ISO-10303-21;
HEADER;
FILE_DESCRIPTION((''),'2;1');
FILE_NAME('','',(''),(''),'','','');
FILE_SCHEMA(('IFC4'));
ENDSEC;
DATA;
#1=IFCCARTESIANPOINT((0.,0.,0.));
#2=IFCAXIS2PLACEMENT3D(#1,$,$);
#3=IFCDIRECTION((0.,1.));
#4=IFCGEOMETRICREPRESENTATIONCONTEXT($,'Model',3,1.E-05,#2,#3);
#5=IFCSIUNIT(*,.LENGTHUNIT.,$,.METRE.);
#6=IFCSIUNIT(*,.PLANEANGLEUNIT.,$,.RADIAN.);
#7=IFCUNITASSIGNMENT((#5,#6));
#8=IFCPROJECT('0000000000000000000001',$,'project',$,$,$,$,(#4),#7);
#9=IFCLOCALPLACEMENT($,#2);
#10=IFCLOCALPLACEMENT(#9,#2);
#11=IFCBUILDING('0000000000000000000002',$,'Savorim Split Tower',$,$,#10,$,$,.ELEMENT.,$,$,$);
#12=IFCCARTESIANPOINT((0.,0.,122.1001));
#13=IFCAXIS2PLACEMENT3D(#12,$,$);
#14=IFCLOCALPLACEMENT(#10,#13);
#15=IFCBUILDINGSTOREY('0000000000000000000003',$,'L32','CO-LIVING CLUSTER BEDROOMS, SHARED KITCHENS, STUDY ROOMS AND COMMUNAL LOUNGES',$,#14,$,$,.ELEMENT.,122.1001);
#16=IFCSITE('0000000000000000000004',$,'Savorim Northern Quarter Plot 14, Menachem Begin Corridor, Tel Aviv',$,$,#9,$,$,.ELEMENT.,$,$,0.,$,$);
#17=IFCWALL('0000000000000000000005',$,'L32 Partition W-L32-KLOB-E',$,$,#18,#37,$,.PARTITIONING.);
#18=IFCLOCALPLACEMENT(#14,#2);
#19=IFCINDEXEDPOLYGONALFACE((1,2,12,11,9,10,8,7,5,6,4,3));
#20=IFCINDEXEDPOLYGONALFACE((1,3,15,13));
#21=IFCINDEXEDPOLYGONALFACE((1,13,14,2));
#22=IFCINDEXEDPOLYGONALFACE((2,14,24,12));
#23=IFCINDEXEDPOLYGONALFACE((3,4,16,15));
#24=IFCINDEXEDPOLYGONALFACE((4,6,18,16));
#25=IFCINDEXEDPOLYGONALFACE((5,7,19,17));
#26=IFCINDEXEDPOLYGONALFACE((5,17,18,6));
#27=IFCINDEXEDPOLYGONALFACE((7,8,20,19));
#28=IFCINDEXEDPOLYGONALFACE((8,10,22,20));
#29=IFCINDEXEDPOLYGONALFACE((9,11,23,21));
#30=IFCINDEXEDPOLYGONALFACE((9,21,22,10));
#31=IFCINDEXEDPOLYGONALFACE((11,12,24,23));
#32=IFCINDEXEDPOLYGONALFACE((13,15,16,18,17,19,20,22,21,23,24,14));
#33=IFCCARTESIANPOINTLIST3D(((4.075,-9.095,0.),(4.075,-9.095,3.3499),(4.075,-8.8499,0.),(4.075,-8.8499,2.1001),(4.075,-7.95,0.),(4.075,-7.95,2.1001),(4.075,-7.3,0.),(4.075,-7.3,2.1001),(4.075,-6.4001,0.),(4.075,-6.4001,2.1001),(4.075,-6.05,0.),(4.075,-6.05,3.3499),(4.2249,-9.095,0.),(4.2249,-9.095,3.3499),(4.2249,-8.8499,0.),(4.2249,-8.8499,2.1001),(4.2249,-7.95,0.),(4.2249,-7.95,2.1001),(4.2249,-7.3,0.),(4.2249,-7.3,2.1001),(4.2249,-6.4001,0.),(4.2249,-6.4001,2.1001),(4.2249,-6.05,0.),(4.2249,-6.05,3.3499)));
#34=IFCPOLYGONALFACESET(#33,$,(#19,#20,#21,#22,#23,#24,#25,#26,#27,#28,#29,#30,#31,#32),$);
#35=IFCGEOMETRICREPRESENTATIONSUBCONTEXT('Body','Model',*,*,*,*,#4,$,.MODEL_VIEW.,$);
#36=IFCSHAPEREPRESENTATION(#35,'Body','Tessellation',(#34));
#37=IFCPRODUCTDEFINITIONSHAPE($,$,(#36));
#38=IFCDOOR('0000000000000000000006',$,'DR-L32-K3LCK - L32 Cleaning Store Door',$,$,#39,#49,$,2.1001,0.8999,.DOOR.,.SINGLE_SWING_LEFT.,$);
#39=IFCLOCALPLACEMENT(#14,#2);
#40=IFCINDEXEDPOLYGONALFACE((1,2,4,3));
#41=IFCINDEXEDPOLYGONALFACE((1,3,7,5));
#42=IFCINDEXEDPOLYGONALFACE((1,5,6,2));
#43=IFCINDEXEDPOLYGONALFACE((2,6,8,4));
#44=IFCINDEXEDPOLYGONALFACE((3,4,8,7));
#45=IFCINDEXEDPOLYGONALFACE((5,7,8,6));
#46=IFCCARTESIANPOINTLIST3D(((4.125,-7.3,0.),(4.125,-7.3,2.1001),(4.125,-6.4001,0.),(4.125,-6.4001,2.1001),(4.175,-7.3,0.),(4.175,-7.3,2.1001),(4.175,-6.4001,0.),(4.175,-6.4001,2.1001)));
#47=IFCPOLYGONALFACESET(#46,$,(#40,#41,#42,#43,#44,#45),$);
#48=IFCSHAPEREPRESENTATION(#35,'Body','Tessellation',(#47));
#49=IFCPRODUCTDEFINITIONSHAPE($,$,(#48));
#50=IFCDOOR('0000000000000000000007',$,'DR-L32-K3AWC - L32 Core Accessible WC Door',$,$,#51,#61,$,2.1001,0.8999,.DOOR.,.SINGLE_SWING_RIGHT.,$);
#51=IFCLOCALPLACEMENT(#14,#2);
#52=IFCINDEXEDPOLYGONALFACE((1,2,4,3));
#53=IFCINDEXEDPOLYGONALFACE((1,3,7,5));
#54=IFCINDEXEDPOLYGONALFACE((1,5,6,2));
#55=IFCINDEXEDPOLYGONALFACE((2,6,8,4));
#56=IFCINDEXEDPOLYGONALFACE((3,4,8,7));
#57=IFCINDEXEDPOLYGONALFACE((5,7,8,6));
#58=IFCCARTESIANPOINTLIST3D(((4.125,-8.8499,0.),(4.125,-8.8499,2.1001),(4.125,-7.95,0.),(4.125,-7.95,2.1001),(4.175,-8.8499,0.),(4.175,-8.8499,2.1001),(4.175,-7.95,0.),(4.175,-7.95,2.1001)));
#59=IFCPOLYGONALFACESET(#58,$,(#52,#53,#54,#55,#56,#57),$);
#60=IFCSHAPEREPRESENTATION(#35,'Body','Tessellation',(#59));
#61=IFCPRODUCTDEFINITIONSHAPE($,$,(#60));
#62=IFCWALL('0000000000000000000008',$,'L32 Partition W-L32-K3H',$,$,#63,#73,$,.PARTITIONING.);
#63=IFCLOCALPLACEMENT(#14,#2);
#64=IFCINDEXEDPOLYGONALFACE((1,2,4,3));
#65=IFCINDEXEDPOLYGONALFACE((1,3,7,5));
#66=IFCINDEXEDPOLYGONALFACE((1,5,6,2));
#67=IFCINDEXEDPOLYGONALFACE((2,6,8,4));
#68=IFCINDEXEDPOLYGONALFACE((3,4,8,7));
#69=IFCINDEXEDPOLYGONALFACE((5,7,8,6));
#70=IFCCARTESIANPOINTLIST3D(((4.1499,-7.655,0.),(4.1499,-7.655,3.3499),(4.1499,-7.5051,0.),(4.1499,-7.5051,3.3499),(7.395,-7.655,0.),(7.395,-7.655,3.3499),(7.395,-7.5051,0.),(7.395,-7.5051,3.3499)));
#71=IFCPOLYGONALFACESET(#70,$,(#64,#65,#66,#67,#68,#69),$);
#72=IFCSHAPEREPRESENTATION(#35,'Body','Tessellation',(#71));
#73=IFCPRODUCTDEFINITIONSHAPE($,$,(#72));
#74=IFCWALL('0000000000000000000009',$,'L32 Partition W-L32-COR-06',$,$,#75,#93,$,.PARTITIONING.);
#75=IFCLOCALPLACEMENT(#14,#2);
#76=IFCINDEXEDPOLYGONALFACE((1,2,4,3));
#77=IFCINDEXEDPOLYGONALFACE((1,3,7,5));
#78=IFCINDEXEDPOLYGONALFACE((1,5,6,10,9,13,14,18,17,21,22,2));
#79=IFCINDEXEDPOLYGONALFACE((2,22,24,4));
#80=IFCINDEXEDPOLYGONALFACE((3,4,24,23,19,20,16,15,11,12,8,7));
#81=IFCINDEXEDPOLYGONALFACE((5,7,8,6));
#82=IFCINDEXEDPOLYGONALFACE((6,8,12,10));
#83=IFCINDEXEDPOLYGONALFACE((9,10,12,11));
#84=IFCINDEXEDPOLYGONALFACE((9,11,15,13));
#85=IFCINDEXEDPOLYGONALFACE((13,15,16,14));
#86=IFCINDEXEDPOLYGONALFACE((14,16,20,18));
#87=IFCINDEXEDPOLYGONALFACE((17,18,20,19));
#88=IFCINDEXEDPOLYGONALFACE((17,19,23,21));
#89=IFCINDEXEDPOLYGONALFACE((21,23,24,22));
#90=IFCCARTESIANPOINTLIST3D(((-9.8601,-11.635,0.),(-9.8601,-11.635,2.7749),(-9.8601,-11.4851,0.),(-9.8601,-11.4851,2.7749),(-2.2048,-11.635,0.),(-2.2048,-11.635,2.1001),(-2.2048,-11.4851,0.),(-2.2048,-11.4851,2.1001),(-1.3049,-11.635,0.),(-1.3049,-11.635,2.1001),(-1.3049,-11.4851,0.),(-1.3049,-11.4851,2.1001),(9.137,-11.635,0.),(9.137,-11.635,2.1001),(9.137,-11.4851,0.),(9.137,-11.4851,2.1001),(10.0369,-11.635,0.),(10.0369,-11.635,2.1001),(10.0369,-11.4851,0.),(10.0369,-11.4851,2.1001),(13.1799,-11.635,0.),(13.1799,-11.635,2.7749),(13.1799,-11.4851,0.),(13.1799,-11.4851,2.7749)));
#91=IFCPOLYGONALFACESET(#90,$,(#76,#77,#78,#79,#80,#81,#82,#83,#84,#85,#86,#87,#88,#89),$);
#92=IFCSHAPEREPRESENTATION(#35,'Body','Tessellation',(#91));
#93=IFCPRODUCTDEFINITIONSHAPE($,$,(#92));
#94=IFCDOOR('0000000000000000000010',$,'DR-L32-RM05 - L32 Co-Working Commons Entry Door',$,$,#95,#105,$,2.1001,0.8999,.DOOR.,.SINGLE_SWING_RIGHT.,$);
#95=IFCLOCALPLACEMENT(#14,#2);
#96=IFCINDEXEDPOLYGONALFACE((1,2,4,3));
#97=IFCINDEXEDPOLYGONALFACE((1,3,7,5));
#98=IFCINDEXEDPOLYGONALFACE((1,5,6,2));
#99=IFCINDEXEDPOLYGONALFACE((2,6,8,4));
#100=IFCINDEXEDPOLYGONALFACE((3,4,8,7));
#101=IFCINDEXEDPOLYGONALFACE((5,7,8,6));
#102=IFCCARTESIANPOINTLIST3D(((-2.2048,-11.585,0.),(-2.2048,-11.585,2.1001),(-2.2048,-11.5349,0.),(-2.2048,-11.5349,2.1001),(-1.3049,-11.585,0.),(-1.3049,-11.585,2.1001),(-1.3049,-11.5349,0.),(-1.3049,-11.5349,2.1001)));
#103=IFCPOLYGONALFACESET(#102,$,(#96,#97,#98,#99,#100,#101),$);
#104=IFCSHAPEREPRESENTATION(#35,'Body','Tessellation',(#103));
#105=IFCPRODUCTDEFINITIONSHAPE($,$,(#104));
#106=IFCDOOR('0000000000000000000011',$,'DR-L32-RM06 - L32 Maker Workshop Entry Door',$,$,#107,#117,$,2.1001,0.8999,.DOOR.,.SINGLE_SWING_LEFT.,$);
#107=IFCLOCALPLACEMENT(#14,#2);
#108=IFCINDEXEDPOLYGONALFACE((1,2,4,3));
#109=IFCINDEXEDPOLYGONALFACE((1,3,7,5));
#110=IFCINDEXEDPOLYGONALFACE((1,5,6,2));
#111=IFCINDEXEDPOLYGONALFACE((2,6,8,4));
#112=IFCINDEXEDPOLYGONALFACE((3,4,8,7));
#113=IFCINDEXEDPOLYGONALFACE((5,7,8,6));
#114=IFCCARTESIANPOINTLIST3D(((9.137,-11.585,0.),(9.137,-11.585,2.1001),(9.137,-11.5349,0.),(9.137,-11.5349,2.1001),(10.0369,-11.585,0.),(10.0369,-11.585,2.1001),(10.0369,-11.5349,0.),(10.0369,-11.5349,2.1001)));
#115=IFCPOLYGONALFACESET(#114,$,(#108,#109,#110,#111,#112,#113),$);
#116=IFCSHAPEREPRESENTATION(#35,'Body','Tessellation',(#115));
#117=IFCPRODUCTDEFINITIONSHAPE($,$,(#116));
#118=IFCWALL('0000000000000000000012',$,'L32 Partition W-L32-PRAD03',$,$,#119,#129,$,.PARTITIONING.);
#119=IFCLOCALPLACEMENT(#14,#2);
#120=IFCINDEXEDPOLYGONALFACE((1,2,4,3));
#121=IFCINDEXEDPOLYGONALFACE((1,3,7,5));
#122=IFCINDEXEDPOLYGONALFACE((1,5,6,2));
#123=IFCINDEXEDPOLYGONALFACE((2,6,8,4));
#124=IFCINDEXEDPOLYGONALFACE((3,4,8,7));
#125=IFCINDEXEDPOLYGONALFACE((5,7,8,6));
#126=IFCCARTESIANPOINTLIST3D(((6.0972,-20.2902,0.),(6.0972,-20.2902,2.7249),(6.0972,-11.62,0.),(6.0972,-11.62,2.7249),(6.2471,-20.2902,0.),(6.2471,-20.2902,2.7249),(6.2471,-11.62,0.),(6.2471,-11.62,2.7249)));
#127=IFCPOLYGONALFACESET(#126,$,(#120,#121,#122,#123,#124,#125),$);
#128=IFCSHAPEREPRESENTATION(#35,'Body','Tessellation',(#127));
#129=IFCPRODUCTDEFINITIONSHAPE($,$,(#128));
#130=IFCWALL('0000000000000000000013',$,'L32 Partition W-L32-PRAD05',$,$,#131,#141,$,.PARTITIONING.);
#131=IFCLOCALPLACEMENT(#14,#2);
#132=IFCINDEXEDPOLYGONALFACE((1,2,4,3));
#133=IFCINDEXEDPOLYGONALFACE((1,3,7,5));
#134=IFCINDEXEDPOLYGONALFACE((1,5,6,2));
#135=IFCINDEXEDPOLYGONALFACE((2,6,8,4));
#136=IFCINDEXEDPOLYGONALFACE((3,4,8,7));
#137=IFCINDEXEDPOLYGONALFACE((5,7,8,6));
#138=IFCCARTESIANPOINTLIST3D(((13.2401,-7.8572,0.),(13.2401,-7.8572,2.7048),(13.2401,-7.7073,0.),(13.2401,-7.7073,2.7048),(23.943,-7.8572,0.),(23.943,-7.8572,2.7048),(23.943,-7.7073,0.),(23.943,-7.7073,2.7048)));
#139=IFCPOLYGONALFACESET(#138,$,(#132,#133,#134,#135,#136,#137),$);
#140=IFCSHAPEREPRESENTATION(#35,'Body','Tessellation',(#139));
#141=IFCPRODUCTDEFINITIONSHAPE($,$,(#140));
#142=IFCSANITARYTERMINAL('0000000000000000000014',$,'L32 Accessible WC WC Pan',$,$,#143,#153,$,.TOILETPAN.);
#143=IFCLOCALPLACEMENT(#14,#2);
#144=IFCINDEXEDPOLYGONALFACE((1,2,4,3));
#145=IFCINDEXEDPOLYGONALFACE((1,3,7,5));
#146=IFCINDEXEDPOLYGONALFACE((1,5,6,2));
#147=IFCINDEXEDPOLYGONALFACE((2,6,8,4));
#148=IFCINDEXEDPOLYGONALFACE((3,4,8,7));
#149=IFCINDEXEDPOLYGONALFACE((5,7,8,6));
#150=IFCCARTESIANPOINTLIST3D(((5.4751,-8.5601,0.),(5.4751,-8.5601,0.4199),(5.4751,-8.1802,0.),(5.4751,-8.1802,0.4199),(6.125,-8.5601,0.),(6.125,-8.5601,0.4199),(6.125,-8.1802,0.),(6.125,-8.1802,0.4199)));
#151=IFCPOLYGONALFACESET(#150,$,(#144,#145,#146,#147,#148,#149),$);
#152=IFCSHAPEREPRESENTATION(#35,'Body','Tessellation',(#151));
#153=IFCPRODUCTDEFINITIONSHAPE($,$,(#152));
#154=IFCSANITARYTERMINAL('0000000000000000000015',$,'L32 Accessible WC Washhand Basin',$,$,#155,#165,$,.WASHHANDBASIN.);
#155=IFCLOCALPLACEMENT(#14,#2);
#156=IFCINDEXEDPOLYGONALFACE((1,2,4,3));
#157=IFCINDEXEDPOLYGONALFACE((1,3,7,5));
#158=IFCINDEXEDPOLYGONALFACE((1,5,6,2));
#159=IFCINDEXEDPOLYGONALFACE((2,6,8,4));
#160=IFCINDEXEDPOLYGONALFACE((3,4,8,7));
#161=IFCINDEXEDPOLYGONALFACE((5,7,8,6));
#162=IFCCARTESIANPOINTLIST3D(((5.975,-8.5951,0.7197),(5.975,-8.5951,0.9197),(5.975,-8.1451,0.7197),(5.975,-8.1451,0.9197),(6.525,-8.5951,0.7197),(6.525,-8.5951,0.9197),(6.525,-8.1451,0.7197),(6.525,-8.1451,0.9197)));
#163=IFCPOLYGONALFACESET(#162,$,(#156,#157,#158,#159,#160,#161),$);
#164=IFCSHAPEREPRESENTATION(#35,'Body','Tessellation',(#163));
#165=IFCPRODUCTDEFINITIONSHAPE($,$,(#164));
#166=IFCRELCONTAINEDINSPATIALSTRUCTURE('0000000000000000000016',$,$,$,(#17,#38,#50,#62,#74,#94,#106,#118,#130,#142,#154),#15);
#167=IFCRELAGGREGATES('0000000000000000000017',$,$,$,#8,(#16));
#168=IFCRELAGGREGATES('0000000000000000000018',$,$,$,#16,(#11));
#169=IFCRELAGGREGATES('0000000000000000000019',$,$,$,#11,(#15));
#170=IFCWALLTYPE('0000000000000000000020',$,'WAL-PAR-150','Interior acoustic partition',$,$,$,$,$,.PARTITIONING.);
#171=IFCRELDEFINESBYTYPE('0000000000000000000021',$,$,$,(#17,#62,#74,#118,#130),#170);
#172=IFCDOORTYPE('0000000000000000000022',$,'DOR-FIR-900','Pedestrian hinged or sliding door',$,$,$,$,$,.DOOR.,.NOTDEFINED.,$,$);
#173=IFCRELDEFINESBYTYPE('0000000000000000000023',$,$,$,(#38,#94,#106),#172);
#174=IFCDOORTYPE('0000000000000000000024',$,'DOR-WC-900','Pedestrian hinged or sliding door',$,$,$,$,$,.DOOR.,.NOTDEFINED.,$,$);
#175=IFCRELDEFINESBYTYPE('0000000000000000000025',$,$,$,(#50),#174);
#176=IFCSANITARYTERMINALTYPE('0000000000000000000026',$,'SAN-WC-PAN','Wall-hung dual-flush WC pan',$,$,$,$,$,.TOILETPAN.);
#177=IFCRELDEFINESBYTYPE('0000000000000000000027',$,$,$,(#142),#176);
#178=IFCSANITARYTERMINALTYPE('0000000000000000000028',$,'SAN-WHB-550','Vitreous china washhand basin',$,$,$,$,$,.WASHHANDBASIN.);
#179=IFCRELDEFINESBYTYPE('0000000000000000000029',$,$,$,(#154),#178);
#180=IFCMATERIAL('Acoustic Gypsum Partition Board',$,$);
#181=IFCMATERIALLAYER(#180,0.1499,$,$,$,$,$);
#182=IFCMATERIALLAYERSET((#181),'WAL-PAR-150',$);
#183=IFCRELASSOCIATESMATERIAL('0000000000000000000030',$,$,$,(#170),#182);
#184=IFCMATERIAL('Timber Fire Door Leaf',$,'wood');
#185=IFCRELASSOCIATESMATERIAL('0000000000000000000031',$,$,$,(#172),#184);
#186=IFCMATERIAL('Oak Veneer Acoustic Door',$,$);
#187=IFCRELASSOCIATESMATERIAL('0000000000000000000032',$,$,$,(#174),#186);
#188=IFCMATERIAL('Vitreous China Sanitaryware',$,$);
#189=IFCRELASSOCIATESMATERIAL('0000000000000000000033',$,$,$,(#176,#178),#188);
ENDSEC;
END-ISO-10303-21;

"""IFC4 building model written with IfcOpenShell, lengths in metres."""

from ifc_helpers import new_model, si_unit, direction, frame, frame_2d, origin, origin_2d, place, context, subcontext, project, spatial, rectangle, extrude, material, layer, layer_set, type_object, element, fill, save


model = new_model("IFC4")

# Units and contexts
model_context = context("Model", 3, precision=1e-05, world=origin(), true_north=direction((0.0, 1.0)))
body_context = subcontext(model_context, "Body", "Model", "MODEL_VIEW")
ifc_project = project(units=[si_unit("LENGTHUNIT", "METRE"), si_unit("PLANEANGLEUNIT", "RADIAN")], contexts=[model_context])

# Site, building, storey
site_placement = place(None, origin())
site = spatial("IfcSite", under=ifc_project, at=site_placement, Name="Savorim Northern Quarter Plot 14, Menachem Begin Corridor, Tel Aviv", CompositionType="ELEMENT", RefElevation=0.0)
building_placement = place(site_placement, origin())
building = spatial("IfcBuilding", under=site, at=building_placement, Name="Savorim Split Tower", CompositionType="ELEMENT")
storey_placement = place(building_placement, frame((0.0, 0.0, 122.1001)))
storey = spatial("IfcBuildingStorey", under=building, at=storey_placement, Name="L32", Description="CO-LIVING CLUSTER BEDROOMS, SHARED KITCHENS, STUDY ROOMS AND COMMUNAL LOUNGES", CompositionType="ELEMENT", Elevation=122.1001)

# Shared definitions
ifc_material_1 = material(Name="Timber Fire Door Leaf", Category="wood")

# Wall, openings, doors
ifc_material_2 = material(Name="Acoustic Gypsum Partition Board")
ifc_layer_1 = layer(ifc_material_2, 0.1499)
ifc_layer_set_1 = layer_set([ifc_layer_1], Name="WAL-PAR-150")
wall_type_1 = type_object("IfcWallType", Name="WAL-PAR-150", Description="Interior acoustic partition", PredefinedType="PARTITIONING", material=ifc_layer_set_1)
wall_1_placement = place(storey_placement, frame((4.1499, -9.095, 0.0), z_axis=(0.0, 0.0, 1.0), x_axis=(0.0, 1.0, 0.0)))
wall_1 = element("IfcWall", 1, at=wall_1_placement, inside=storey, type_object=wall_type_1, Name="L32 Partition W-L32-KLOB-E", PredefinedType="PARTITIONING", context=body_context, shape_type="SweptSolid", body=[
    extrude(rectangle(XDim=3.0449, YDim=0.1499, at=frame_2d((1.5225, 0.0))), origin(), (0.0, 0.0, 1.0), 3.3499),
])
opening_1_placement = place(wall_1_placement, frame((0.2451, 0.0, 0.0)))
opening_1 = element("IfcOpeningElement", 2, at=opening_1_placement, cuts=wall_1, PredefinedType="OPENING", context=body_context, shape_type="SweptSolid", body=[
    extrude(rectangle(XDim=0.8999, YDim=2.1001, at=frame_2d((0.45, 1.05))), frame((0.0, 0.085, 0.0), z_axis=(0.0, -1.0, 0.0), x_axis=(1.0, 0.0, 0.0)), (0.0, 0.0, 1.0), 0.1699),
])
opening_2_placement = place(wall_1_placement, frame((1.7949, 0.0, 0.0)))
opening_2 = element("IfcOpeningElement", 3, at=opening_2_placement, cuts=wall_1, PredefinedType="OPENING", context=body_context, shape_type="SweptSolid", body=[
    extrude(rectangle(XDim=0.8999, YDim=2.1001, at=frame_2d((0.45, 1.05))), frame((0.0, 0.085, 0.0), z_axis=(0.0, -1.0, 0.0), x_axis=(1.0, 0.0, 0.0)), (0.0, 0.0, 1.0), 0.1699),
])
door_type_1 = type_object("IfcDoorType", Name="DOR-FIR-900", Description="Pedestrian hinged or sliding door", OperationType="NOTDEFINED", PredefinedType="DOOR", material=ifc_material_1)
door_1_placement = place(opening_2_placement, origin())
door_1 = element("IfcDoor", 4, at=door_1_placement, inside=storey, type_object=door_type_1, Name="DR-L32-K3LCK - L32 Cleaning Store Door", OperationType="SINGLE_SWING_LEFT", OverallHeight=2.1001, OverallWidth=0.8999, PredefinedType="DOOR", context=body_context, shape_type="SweptSolid", body=[
    extrude(rectangle(XDim=0.8999, YDim=2.1001, at=frame_2d((0.45, 1.05))), frame((0.0, 0.0249, 0.0), z_axis=(0.0, -1.0, 0.0), x_axis=(1.0, 0.0, 0.0)), (0.0, 0.0, 1.0), 0.05),
])
fill(opening_2, door_1)
ifc_material_3 = material(Name="Oak Veneer Acoustic Door")
door_type_2 = type_object("IfcDoorType", Name="DOR-WC-900", Description="Pedestrian hinged or sliding door", OperationType="NOTDEFINED", PredefinedType="DOOR", material=ifc_material_3)
door_2_placement = place(opening_1_placement, origin())
door_2 = element("IfcDoor", 5, at=door_2_placement, inside=storey, type_object=door_type_2, Name="DR-L32-K3AWC - L32 Core Accessible WC Door", OperationType="SINGLE_SWING_RIGHT", OverallHeight=2.1001, OverallWidth=0.8999, PredefinedType="DOOR", context=body_context, shape_type="SweptSolid", body=[
    extrude(rectangle(XDim=0.8999, YDim=2.1001, at=frame_2d((0.45, 1.05))), frame((0.0, 0.0249, 0.0), z_axis=(0.0, -1.0, 0.0), x_axis=(1.0, 0.0, 0.0)), (0.0, 0.0, 1.0), 0.05),
])
fill(opening_1, door_2)

# Wall
wall_2_placement = place(storey_placement, frame((4.1499, -7.5801, 0.0), z_axis=(0.0, 0.0, 1.0), x_axis=(1.0, 0.0, 0.0)))
element("IfcWall", 6, at=wall_2_placement, inside=storey, type_object=wall_type_1, Name="L32 Partition W-L32-K3H", PredefinedType="PARTITIONING", context=body_context, shape_type="SweptSolid", body=[
    extrude(rectangle(XDim=3.2451, YDim=0.1499, at=frame_2d((1.6226, 0.0))), origin(), (0.0, 0.0, 1.0), 3.3499),
])

# Wall, openings, doors
wall_3_placement = place(storey_placement, frame((13.1799, -11.5601, 0.0), z_axis=(0.0, 0.0, 1.0), x_axis=(-1.0, 0.0, 0.0)))
wall_3 = element("IfcWall", 7, at=wall_3_placement, inside=storey, type_object=wall_type_1, Name="L32 Partition W-L32-COR-06", PredefinedType="PARTITIONING", context=body_context, shape_type="SweptSolid", body=[
    extrude(rectangle(XDim=23.04, YDim=0.1499, at=frame_2d((11.52, 0.0))), origin(), (0.0, 0.0, 1.0), 2.7749),
])
opening_3_placement = place(wall_3_placement, frame((14.4849, 0.0, 0.0)))
opening_3 = element("IfcOpeningElement", 8, at=opening_3_placement, cuts=wall_3, PredefinedType="OPENING", context=body_context, shape_type="SweptSolid", body=[
    extrude(rectangle(XDim=0.8999, YDim=2.1001, at=frame_2d((0.45, 1.05))), frame((0.0, 0.085, 0.0), z_axis=(0.0, -1.0, 0.0), x_axis=(1.0, 0.0, 0.0)), (0.0, 0.0, 1.0), 0.1699),
])
opening_4_placement = place(wall_3_placement, frame((3.1431, 0.0, 0.0)))
opening_4 = element("IfcOpeningElement", 9, at=opening_4_placement, cuts=wall_3, PredefinedType="OPENING", context=body_context, shape_type="SweptSolid", body=[
    extrude(rectangle(XDim=0.8999, YDim=2.1001, at=frame_2d((0.45, 1.05))), frame((0.0, 0.085, 0.0), z_axis=(0.0, -1.0, 0.0), x_axis=(1.0, 0.0, 0.0)), (0.0, 0.0, 1.0), 0.1699),
])
door_3_placement = place(opening_3_placement, origin())
door_3 = element("IfcDoor", 10, at=door_3_placement, inside=storey, type_object=door_type_1, Name="DR-L32-RM05 - L32 Co-Working Commons Entry Door", OperationType="SINGLE_SWING_RIGHT", OverallHeight=2.1001, OverallWidth=0.8999, PredefinedType="DOOR", context=body_context, shape_type="SweptSolid", body=[
    extrude(rectangle(XDim=0.8999, YDim=2.1001, at=frame_2d((0.45, 1.05))), frame((0.0, 0.0249, 0.0), z_axis=(0.0, -1.0, 0.0), x_axis=(1.0, 0.0, 0.0)), (0.0, 0.0, 1.0), 0.05),
])
fill(opening_3, door_3)
door_4_placement = place(opening_4_placement, origin())
door_4 = element("IfcDoor", 11, at=door_4_placement, inside=storey, type_object=door_type_1, Name="DR-L32-RM06 - L32 Maker Workshop Entry Door", OperationType="SINGLE_SWING_LEFT", OverallHeight=2.1001, OverallWidth=0.8999, PredefinedType="DOOR", context=body_context, shape_type="SweptSolid", body=[
    extrude(rectangle(XDim=0.8999, YDim=2.1001, at=frame_2d((0.45, 1.05))), frame((0.0, 0.0249, 0.0), z_axis=(0.0, -1.0, 0.0), x_axis=(1.0, 0.0, 0.0)), (0.0, 0.0, 1.0), 0.05),
])
fill(opening_4, door_4)

# Walls
wall_4_placement = place(storey_placement, frame((6.1721, -11.6201, 0.0), z_axis=(0.0, 0.0, 1.0), x_axis=(0.0, -1.0, 0.0)))
element("IfcWall", 12, at=wall_4_placement, inside=storey, type_object=wall_type_1, Name="L32 Partition W-L32-PRAD03", PredefinedType="PARTITIONING", context=body_context, shape_type="SweptSolid", body=[
    extrude(rectangle(XDim=8.6702, YDim=0.1499, at=frame_2d((4.335, 0.0))), origin(), (0.0, 0.0, 1.0), 2.7249),
])
wall_5_placement = place(storey_placement, frame((13.24, -7.7822, 0.0), z_axis=(0.0, 0.0, 1.0), x_axis=(1.0, 0.0, 0.0)))
element("IfcWall", 13, at=wall_5_placement, inside=storey, type_object=wall_type_1, Name="L32 Partition W-L32-PRAD05", PredefinedType="PARTITIONING", context=body_context, shape_type="SweptSolid", body=[
    extrude(rectangle(XDim=10.7029, YDim=0.1499, at=frame_2d((5.3516, 0.0))), origin(), (0.0, 0.0, 1.0), 2.7048),
])

# Sanitary terminals
ifc_material_4 = material(Name="Vitreous China Sanitaryware")
sanitary_terminal_type_1 = type_object("IfcSanitaryTerminalType", Name="SAN-WC-PAN", Description="Wall-hung dual-flush WC pan", PredefinedType="TOILETPAN", material=ifc_material_4)
sanitary_terminal_1_placement = place(storey_placement, frame((5.8, -8.3701, 0.0), z_axis=(0.0, 0.0, 1.0), x_axis=(1.0, 0.0, 0.0)))
element("IfcSanitaryTerminal", 14, at=sanitary_terminal_1_placement, inside=storey, type_object=sanitary_terminal_type_1, Name="L32 Accessible WC WC Pan", PredefinedType="TOILETPAN", context=body_context, shape_type="SweptSolid", body=[
    extrude(rectangle(XDim=0.6499, YDim=0.3799, at=origin_2d()), origin(), (0.0, 0.0, 1.0), 0.4199),
])
sanitary_terminal_type_2 = type_object("IfcSanitaryTerminalType", Name="SAN-WHB-550", Description="Vitreous china washhand basin", PredefinedType="WASHHANDBASIN", material=ifc_material_4)
sanitary_terminal_2_placement = place(storey_placement, frame((6.25, -8.3701, 0.7197), z_axis=(0.0, 0.0, 1.0), x_axis=(1.0, 0.0, 0.0)))
element("IfcSanitaryTerminal", 15, at=sanitary_terminal_2_placement, inside=storey, type_object=sanitary_terminal_type_2, Name="L32 Accessible WC Washhand Basin", PredefinedType="WASHHANDBASIN", context=body_context, shape_type="SweptSolid", body=[
    extrude(rectangle(XDim=0.55, YDim=0.45, at=origin_2d()), origin(), (0.0, 0.0, 1.0), 0.2),
])

save(model, "model.ifc")
